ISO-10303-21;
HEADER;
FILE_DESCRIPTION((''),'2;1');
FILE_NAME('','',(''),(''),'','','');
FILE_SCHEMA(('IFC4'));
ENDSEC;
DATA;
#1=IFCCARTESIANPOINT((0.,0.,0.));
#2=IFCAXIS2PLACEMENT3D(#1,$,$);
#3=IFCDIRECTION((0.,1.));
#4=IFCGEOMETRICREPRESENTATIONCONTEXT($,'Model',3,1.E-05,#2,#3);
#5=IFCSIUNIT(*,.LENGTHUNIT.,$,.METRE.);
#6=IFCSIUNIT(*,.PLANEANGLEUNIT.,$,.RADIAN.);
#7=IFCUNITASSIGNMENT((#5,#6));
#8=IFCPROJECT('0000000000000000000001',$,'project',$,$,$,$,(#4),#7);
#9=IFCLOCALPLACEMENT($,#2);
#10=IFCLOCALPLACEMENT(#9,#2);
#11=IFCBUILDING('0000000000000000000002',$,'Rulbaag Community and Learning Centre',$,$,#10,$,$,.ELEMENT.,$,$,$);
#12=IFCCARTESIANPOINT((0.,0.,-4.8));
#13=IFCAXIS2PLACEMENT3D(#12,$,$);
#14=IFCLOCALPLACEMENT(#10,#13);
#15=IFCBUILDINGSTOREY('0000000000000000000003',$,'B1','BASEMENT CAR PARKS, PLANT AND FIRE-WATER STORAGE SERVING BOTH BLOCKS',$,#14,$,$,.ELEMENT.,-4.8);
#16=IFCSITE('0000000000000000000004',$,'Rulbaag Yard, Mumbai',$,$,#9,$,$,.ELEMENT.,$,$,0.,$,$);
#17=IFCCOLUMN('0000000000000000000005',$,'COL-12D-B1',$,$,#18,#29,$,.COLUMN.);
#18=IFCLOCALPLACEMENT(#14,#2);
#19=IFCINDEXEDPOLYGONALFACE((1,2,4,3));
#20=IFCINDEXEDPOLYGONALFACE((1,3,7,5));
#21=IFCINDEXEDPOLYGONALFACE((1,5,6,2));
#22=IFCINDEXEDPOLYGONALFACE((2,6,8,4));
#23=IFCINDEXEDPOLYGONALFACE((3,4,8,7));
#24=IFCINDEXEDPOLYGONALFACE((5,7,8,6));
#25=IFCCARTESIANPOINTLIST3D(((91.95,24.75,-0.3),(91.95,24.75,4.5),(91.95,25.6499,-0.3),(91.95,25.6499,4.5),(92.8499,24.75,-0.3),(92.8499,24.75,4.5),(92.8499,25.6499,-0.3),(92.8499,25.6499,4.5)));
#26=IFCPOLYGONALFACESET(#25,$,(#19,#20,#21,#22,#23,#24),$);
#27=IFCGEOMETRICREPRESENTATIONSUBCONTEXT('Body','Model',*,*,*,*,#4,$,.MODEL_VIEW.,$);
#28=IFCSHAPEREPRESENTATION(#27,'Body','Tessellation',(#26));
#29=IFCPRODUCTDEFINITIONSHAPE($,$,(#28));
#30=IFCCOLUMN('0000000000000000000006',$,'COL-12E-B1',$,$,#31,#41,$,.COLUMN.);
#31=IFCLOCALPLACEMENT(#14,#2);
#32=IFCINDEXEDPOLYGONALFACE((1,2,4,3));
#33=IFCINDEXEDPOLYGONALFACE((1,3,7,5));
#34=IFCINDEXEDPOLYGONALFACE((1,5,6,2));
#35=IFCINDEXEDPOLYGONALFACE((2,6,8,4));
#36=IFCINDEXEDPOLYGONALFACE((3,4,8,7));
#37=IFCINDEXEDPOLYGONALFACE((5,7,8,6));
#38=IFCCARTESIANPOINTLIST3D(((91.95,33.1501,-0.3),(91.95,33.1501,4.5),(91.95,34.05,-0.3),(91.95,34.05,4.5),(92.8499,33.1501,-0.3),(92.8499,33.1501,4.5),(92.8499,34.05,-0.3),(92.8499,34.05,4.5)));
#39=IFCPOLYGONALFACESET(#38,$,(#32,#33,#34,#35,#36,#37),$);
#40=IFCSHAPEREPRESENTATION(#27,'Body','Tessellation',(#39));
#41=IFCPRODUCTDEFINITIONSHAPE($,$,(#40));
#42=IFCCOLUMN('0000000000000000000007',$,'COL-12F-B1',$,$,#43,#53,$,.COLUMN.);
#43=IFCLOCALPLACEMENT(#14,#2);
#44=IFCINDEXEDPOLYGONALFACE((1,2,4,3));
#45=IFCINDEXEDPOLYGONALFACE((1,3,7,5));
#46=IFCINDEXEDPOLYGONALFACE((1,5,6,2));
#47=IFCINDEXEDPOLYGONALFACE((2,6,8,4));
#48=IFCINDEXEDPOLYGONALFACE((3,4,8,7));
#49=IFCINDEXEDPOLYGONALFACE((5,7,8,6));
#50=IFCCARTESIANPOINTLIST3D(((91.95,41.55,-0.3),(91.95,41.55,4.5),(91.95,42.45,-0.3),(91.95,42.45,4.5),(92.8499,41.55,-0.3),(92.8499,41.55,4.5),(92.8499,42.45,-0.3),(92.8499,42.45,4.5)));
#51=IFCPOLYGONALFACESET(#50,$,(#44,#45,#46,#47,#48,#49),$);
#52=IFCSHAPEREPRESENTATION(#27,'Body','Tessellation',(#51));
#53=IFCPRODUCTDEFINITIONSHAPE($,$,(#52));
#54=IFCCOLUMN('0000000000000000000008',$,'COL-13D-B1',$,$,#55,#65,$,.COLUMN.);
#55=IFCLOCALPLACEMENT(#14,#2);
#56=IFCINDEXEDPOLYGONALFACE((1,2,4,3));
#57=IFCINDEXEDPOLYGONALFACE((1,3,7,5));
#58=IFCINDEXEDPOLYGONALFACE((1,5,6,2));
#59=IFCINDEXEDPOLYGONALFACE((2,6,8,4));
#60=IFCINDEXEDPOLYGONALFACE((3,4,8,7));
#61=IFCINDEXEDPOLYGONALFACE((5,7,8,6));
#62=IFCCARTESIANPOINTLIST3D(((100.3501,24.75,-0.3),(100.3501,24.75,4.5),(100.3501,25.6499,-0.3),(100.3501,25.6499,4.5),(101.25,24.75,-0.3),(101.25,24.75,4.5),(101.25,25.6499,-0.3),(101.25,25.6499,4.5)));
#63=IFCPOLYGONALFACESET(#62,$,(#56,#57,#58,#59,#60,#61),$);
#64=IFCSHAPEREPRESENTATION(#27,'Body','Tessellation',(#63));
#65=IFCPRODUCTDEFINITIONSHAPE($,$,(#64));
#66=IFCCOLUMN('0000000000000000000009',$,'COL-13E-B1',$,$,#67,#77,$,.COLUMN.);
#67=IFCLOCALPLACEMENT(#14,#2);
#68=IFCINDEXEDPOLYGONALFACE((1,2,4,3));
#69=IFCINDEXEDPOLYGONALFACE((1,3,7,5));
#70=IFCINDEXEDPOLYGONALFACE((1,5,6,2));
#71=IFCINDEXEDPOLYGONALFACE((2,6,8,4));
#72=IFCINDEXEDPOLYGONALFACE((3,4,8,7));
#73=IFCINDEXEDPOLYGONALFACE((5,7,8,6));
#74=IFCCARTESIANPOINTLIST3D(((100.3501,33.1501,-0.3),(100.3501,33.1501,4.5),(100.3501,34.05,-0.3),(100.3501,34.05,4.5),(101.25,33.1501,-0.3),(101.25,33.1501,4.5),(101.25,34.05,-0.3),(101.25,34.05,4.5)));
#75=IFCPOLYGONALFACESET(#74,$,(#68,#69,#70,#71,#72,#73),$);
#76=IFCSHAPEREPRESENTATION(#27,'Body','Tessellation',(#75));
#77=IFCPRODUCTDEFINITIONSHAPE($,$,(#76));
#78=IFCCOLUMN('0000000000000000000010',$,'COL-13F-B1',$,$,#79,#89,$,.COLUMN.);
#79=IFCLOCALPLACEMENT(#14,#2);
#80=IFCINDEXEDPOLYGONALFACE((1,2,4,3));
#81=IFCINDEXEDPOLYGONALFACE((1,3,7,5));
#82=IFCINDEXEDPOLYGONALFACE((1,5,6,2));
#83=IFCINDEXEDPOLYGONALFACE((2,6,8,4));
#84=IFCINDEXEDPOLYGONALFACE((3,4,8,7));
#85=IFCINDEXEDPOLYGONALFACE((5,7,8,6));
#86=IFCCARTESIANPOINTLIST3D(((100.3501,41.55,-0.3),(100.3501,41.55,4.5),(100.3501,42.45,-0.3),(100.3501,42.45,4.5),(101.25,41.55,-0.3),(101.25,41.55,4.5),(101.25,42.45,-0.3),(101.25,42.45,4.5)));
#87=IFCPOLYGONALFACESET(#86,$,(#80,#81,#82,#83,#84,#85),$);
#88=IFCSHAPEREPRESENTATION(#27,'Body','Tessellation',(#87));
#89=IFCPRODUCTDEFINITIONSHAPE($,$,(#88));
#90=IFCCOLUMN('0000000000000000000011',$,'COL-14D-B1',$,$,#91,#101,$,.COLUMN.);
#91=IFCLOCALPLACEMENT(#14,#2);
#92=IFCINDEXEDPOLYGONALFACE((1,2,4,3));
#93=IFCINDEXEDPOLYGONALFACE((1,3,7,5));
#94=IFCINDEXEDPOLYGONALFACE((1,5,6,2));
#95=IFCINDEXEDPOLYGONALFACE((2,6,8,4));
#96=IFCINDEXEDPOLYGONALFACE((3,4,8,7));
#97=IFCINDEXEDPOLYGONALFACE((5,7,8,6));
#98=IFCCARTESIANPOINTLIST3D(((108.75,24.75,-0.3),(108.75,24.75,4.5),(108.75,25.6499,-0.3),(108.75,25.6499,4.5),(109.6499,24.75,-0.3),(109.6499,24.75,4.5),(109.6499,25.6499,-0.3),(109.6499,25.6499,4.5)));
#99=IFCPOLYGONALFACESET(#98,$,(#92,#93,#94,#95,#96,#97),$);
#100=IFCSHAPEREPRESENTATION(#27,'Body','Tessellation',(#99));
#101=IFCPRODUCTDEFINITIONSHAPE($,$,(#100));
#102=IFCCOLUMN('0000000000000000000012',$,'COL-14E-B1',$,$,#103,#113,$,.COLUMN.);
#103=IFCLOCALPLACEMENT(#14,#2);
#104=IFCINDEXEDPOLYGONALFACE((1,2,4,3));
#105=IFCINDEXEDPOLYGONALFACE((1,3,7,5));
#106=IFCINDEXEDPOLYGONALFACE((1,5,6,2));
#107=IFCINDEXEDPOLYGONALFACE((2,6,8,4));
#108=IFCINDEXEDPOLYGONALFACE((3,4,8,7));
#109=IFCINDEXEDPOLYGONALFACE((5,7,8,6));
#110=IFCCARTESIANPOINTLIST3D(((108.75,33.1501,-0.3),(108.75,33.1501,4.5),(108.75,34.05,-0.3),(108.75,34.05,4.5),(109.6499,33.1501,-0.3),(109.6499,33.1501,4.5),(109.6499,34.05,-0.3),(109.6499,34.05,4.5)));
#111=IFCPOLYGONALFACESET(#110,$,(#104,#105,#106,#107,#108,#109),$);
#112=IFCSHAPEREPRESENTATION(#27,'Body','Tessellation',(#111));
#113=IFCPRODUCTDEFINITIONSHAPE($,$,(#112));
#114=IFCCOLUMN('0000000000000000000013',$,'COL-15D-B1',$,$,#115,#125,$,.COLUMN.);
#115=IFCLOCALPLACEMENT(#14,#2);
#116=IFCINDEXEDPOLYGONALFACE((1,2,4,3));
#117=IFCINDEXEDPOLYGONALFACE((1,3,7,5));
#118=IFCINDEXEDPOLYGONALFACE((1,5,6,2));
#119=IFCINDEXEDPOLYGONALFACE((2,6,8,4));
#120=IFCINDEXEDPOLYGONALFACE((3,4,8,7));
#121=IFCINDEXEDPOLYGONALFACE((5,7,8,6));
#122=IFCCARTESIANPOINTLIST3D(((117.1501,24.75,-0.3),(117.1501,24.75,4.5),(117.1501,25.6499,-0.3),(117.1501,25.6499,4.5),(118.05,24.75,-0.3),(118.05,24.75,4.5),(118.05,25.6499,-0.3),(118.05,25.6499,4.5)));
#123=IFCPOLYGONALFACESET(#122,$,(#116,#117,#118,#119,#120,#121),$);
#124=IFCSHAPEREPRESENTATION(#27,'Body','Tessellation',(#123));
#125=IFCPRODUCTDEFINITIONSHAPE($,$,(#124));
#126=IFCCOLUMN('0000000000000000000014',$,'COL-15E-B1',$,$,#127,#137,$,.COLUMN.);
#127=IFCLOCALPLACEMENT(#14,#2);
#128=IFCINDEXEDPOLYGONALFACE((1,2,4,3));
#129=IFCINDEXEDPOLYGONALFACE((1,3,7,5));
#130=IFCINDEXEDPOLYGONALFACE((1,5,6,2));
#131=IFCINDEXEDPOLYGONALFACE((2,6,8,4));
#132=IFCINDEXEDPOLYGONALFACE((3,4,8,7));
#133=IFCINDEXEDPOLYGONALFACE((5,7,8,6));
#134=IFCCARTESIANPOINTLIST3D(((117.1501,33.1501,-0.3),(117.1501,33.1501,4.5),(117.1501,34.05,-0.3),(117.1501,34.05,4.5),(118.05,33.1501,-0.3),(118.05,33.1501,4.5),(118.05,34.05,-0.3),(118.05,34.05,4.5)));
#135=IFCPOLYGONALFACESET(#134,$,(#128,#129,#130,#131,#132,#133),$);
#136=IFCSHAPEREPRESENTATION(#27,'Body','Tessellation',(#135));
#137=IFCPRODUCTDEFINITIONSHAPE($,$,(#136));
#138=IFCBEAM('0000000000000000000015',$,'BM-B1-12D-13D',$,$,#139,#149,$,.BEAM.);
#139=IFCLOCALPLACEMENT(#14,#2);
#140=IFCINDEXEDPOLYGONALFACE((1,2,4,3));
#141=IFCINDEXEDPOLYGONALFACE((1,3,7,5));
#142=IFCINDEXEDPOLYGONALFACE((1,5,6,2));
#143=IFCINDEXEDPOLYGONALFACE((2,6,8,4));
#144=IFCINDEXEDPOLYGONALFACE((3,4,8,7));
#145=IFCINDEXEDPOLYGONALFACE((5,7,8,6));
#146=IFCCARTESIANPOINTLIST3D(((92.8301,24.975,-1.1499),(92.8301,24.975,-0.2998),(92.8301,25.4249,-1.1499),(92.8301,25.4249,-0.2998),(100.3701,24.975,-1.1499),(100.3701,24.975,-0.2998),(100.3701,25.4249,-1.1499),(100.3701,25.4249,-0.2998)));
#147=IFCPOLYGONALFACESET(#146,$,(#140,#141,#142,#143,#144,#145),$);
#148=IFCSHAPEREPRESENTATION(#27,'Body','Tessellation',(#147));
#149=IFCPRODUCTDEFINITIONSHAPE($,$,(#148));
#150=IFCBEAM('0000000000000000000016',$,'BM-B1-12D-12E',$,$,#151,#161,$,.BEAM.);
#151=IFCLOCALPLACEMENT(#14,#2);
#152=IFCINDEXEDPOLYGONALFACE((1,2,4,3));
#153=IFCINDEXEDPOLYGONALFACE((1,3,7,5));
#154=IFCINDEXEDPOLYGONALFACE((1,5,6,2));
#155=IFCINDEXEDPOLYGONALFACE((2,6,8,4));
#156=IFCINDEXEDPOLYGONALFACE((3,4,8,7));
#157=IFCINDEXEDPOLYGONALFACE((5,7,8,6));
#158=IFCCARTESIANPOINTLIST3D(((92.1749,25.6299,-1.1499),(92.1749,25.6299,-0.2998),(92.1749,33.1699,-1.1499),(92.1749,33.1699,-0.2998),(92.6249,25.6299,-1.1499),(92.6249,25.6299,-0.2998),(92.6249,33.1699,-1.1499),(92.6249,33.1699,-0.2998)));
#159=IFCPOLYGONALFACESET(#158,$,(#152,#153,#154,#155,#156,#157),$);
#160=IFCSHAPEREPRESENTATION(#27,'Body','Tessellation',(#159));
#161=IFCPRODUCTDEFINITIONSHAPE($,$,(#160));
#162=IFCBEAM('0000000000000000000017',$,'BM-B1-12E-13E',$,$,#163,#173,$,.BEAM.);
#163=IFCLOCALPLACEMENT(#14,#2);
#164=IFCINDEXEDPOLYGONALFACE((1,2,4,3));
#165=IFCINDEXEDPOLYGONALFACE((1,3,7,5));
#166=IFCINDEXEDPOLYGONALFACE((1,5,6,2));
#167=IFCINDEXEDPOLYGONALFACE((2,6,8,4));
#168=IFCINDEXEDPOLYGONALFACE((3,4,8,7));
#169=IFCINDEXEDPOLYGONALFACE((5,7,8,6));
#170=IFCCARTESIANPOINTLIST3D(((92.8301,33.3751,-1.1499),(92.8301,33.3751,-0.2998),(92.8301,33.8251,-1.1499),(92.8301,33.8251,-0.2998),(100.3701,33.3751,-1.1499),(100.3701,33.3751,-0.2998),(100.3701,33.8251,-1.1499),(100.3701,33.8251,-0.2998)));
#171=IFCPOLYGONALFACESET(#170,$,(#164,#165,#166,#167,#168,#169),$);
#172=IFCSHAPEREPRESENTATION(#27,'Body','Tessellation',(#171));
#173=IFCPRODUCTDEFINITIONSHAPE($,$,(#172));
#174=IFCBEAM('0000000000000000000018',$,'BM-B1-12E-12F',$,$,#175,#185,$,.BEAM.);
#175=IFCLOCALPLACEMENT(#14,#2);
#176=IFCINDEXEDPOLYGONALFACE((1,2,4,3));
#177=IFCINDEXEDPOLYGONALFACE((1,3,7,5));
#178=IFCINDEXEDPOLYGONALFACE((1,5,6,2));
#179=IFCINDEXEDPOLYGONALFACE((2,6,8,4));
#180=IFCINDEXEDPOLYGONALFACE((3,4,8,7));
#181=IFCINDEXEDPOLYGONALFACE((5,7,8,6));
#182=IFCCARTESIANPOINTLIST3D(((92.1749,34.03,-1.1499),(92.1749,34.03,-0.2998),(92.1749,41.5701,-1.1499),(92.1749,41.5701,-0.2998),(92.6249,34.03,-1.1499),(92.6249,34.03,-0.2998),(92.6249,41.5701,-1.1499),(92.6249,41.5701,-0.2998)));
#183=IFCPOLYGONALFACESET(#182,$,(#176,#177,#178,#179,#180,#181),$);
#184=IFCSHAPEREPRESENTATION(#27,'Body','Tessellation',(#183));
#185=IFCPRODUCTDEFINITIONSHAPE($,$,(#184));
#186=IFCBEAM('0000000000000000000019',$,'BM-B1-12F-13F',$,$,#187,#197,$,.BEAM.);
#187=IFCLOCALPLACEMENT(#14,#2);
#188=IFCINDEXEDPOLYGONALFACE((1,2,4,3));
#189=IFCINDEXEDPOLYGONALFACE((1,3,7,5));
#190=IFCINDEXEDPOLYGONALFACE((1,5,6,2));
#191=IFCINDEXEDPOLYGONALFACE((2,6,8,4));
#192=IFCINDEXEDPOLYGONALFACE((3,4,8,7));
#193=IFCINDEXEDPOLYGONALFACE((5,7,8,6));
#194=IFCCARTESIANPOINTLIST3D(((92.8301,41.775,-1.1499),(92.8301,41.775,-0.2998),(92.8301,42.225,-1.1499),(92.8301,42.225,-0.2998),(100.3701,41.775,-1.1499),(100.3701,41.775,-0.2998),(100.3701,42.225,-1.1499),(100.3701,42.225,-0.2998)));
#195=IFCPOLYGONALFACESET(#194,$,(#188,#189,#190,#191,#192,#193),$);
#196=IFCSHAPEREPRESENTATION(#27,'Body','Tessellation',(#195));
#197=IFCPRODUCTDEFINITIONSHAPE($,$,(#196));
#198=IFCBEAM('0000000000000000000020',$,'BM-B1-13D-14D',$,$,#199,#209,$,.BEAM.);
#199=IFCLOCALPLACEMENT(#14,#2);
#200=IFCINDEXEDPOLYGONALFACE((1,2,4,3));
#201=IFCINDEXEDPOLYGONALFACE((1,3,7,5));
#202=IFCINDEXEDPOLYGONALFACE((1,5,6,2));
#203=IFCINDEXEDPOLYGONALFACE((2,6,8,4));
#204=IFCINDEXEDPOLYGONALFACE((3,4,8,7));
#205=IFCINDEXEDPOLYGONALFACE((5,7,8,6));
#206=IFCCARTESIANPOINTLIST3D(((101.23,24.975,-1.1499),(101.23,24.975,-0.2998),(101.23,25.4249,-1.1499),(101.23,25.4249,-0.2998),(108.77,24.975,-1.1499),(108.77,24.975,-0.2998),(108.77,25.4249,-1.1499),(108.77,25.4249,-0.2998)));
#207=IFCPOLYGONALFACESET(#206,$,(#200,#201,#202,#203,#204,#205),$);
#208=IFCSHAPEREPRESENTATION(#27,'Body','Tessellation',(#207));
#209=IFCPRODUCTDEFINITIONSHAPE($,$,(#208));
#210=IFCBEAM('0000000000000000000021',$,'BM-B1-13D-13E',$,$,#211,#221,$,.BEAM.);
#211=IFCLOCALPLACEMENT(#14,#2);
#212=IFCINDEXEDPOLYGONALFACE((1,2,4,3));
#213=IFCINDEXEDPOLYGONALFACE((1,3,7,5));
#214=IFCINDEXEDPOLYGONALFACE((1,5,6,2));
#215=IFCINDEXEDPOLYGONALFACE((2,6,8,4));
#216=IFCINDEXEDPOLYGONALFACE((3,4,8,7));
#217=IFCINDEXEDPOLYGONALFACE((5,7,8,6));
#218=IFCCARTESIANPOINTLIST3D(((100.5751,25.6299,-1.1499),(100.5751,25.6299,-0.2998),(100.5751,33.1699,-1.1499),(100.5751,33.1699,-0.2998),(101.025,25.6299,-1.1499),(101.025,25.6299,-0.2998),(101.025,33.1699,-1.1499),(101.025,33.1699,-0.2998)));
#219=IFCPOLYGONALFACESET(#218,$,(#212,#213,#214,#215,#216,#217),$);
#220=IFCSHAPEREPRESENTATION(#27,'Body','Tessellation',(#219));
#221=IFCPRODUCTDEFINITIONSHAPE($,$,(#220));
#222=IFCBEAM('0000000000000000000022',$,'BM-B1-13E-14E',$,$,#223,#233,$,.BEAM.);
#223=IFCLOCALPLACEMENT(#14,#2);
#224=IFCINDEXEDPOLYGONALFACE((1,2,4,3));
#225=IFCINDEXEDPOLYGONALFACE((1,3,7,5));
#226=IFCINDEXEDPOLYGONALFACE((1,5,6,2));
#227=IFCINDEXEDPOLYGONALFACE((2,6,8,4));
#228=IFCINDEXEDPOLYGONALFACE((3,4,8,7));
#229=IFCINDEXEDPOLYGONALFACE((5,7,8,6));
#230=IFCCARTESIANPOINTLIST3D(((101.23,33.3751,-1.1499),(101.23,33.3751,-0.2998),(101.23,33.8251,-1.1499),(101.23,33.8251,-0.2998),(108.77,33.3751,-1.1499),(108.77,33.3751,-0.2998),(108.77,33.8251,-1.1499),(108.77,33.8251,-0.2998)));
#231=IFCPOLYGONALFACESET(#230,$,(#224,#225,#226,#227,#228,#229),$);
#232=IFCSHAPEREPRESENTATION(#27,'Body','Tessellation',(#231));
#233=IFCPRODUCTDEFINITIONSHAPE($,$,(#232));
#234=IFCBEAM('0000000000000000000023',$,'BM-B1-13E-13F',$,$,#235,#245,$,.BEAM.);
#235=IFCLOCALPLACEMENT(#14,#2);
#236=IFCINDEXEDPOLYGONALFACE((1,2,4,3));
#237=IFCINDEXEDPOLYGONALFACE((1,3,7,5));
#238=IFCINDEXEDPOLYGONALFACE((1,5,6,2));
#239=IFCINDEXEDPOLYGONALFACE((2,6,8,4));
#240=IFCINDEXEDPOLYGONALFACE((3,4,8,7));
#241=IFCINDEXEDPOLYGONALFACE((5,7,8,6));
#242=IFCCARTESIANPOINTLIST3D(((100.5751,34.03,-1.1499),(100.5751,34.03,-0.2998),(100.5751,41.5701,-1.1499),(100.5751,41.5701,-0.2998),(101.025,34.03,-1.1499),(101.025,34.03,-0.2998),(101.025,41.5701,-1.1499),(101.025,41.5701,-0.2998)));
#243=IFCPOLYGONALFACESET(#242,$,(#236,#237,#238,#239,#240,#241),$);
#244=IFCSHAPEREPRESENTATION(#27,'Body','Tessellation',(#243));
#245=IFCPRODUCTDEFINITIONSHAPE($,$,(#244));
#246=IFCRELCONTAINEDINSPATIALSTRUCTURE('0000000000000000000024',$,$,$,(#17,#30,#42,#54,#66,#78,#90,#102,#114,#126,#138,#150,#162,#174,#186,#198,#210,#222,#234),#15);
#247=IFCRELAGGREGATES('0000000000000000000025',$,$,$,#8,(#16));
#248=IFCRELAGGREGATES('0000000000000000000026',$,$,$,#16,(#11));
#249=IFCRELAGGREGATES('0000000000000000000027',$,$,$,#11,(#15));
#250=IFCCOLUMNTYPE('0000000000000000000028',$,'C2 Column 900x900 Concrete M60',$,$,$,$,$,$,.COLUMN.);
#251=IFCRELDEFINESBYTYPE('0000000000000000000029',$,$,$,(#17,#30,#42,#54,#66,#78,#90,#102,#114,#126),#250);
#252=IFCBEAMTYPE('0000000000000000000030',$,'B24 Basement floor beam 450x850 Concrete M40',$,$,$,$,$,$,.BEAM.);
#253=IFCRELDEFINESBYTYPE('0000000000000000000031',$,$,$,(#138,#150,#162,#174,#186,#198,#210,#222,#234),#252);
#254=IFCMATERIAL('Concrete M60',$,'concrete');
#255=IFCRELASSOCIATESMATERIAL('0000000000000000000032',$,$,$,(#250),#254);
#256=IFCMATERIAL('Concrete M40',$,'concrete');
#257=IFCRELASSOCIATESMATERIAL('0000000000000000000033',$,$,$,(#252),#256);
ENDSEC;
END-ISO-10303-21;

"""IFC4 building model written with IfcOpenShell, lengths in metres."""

from ifc_helpers import new_model, si_unit, direction, frame, origin, origin_2d, place, context, subcontext, project, spatial, rectangle, extrude, material, material_profile, profile_set, type_object, element, save


model = new_model("IFC4")

# Units and contexts
model_context = context("Model", 3, precision=1e-05, world=origin(), true_north=direction((0.0, 1.0)))
body_context = subcontext(model_context, "Body", "Model", "MODEL_VIEW")
ifc_project = project(units=[si_unit("LENGTHUNIT", "METRE"), si_unit("PLANEANGLEUNIT", "RADIAN")], contexts=[model_context])

# Site, building, storey
site_placement = place(None, origin())
site = spatial("IfcSite", under=ifc_project, at=site_placement, Name="Rulbaag Yard, Mumbai", CompositionType="ELEMENT", RefElevation=0.0)
building_placement = place(site_placement, origin())
building = spatial("IfcBuilding", under=site, at=building_placement, Name="Rulbaag Community and Learning Centre", CompositionType="ELEMENT")
storey_placement = place(building_placement, frame((0.0, 0.0, -4.8)))
storey = spatial("IfcBuildingStorey", under=building, at=storey_placement, Name="B1", Description="BASEMENT CAR PARKS, PLANT AND FIRE-WATER STORAGE SERVING BOTH BLOCKS", CompositionType="ELEMENT", Elevation=-4.8)

# Columns
ifc_material_1 = material(Name="Concrete M60", Category="concrete")
ifc_material_profile_1 = material_profile(ifc_material_1, rectangle(XDim=0.8999, YDim=0.8999, at=origin_2d()), Name="RC900x900")
ifc_profile_set_1 = profile_set([ifc_material_profile_1], Name="Concrete M60")
column_type = type_object("IfcColumnType", Name="C2 Column 900x900 Concrete M60", PredefinedType="COLUMN", material=ifc_profile_set_1)
for number, where, z_axis, x_axis, name in (
    (1, (92.3999, 25.2, -0.3), (0.0, 0.0, 1.0), (1.0, 0.0, 0.0), "COL-12D-B1"),
    (2, (92.3999, 33.6001, -0.3), (0.0, 0.0, 1.0), (1.0, 0.0, 0.0), "COL-12E-B1"),
    (3, (92.3999, 42.0, -0.3), (0.0, 0.0, 1.0), (1.0, 0.0, 0.0), "COL-12F-B1"),
    (4, (100.8, 25.2, -0.3), (0.0, 0.0, 1.0), (1.0, 0.0, 0.0), "COL-13D-B1"),
    (5, (100.8, 33.6001, -0.3), (0.0, 0.0, 1.0), (1.0, 0.0, 0.0), "COL-13E-B1"),
    (6, (100.8, 42.0, -0.3), (0.0, 0.0, 1.0), (1.0, 0.0, 0.0), "COL-13F-B1"),
    (7, (109.2, 25.2, -0.3), (0.0, 0.0, 1.0), (1.0, 0.0, 0.0), "COL-14D-B1"),
    (8, (109.2, 33.6001, -0.3), (0.0, 0.0, 1.0), (1.0, 0.0, 0.0), "COL-14E-B1"),
    (9, (117.6001, 25.2, -0.3), (0.0, 0.0, 1.0), (1.0, 0.0, 0.0), "COL-15D-B1"),
    (10, (117.6001, 33.6001, -0.3), (0.0, 0.0, 1.0), (1.0, 0.0, 0.0), "COL-15E-B1"),
):
    element("IfcColumn", number, at=place(storey_placement, frame(where, z_axis=z_axis, x_axis=x_axis)), inside=storey, type_object=column_type, Name=name, PredefinedType="COLUMN", context=body_context, shape_type="SweptSolid", body=[
        extrude(rectangle(XDim=0.8999, YDim=0.8999, at=origin_2d()), origin(), (0.0, 0.0, 1.0), 4.8),
    ])

# Beams
ifc_material_2 = material(Name="Concrete M40", Category="concrete")
ifc_material_profile_2 = material_profile(ifc_material_2, rectangle(XDim=0.45, YDim=0.8501, at=origin_2d()), Name="RB450x850")
ifc_profile_set_2 = profile_set([ifc_material_profile_2], Name="Concrete M40")
beam_type = type_object("IfcBeamType", Name="B24 Basement floor beam 450x850 Concrete M40", PredefinedType="BEAM", material=ifc_profile_set_2)
for number, where, z_axis, x_axis, name in (
    (11, (92.8301, 25.2, -0.7249), (1.0, 0.0, 0.0), (0.0, 1.0, 0.0), "BM-B1-12D-13D"),
    (12, (92.3999, 25.6299, -0.7249), (0.0, 1.0, 0.0), (-1.0, 0.0, 0.0), "BM-B1-12D-12E"),
    (13, (92.8301, 33.6001, -0.7249), (1.0, 0.0, 0.0), (0.0, 1.0, 0.0), "BM-B1-12E-13E"),
    (14, (92.3999, 34.03, -0.7249), (0.0, 1.0, 0.0), (-1.0, 0.0, 0.0), "BM-B1-12E-12F"),
    (15, (92.8301, 42.0, -0.7249), (1.0, 0.0, 0.0), (0.0, 1.0, 0.0), "BM-B1-12F-13F"),
    (16, (101.23, 25.2, -0.7249), (1.0, 0.0, 0.0), (0.0, 1.0, 0.0), "BM-B1-13D-14D"),
    (17, (100.8, 25.6299, -0.7249), (0.0, 1.0, 0.0), (-1.0, 0.0, 0.0), "BM-B1-13D-13E"),
    (18, (101.23, 33.6001, -0.7249), (1.0, 0.0, 0.0), (0.0, 1.0, 0.0), "BM-B1-13E-14E"),
    (19, (100.8, 34.03, -0.7249), (0.0, 1.0, 0.0), (-1.0, 0.0, 0.0), "BM-B1-13E-13F"),
):
    element("IfcBeam", number, at=place(storey_placement, frame(where, z_axis=z_axis, x_axis=x_axis)), inside=storey, type_object=beam_type, Name=name, PredefinedType="BEAM", context=body_context, shape_type="SweptSolid", body=[
        extrude(rectangle(XDim=0.45, YDim=0.8501, at=origin_2d()), origin(), (0.0, 0.0, 1.0), 7.54),
    ])

save(model, "model.ifc")
